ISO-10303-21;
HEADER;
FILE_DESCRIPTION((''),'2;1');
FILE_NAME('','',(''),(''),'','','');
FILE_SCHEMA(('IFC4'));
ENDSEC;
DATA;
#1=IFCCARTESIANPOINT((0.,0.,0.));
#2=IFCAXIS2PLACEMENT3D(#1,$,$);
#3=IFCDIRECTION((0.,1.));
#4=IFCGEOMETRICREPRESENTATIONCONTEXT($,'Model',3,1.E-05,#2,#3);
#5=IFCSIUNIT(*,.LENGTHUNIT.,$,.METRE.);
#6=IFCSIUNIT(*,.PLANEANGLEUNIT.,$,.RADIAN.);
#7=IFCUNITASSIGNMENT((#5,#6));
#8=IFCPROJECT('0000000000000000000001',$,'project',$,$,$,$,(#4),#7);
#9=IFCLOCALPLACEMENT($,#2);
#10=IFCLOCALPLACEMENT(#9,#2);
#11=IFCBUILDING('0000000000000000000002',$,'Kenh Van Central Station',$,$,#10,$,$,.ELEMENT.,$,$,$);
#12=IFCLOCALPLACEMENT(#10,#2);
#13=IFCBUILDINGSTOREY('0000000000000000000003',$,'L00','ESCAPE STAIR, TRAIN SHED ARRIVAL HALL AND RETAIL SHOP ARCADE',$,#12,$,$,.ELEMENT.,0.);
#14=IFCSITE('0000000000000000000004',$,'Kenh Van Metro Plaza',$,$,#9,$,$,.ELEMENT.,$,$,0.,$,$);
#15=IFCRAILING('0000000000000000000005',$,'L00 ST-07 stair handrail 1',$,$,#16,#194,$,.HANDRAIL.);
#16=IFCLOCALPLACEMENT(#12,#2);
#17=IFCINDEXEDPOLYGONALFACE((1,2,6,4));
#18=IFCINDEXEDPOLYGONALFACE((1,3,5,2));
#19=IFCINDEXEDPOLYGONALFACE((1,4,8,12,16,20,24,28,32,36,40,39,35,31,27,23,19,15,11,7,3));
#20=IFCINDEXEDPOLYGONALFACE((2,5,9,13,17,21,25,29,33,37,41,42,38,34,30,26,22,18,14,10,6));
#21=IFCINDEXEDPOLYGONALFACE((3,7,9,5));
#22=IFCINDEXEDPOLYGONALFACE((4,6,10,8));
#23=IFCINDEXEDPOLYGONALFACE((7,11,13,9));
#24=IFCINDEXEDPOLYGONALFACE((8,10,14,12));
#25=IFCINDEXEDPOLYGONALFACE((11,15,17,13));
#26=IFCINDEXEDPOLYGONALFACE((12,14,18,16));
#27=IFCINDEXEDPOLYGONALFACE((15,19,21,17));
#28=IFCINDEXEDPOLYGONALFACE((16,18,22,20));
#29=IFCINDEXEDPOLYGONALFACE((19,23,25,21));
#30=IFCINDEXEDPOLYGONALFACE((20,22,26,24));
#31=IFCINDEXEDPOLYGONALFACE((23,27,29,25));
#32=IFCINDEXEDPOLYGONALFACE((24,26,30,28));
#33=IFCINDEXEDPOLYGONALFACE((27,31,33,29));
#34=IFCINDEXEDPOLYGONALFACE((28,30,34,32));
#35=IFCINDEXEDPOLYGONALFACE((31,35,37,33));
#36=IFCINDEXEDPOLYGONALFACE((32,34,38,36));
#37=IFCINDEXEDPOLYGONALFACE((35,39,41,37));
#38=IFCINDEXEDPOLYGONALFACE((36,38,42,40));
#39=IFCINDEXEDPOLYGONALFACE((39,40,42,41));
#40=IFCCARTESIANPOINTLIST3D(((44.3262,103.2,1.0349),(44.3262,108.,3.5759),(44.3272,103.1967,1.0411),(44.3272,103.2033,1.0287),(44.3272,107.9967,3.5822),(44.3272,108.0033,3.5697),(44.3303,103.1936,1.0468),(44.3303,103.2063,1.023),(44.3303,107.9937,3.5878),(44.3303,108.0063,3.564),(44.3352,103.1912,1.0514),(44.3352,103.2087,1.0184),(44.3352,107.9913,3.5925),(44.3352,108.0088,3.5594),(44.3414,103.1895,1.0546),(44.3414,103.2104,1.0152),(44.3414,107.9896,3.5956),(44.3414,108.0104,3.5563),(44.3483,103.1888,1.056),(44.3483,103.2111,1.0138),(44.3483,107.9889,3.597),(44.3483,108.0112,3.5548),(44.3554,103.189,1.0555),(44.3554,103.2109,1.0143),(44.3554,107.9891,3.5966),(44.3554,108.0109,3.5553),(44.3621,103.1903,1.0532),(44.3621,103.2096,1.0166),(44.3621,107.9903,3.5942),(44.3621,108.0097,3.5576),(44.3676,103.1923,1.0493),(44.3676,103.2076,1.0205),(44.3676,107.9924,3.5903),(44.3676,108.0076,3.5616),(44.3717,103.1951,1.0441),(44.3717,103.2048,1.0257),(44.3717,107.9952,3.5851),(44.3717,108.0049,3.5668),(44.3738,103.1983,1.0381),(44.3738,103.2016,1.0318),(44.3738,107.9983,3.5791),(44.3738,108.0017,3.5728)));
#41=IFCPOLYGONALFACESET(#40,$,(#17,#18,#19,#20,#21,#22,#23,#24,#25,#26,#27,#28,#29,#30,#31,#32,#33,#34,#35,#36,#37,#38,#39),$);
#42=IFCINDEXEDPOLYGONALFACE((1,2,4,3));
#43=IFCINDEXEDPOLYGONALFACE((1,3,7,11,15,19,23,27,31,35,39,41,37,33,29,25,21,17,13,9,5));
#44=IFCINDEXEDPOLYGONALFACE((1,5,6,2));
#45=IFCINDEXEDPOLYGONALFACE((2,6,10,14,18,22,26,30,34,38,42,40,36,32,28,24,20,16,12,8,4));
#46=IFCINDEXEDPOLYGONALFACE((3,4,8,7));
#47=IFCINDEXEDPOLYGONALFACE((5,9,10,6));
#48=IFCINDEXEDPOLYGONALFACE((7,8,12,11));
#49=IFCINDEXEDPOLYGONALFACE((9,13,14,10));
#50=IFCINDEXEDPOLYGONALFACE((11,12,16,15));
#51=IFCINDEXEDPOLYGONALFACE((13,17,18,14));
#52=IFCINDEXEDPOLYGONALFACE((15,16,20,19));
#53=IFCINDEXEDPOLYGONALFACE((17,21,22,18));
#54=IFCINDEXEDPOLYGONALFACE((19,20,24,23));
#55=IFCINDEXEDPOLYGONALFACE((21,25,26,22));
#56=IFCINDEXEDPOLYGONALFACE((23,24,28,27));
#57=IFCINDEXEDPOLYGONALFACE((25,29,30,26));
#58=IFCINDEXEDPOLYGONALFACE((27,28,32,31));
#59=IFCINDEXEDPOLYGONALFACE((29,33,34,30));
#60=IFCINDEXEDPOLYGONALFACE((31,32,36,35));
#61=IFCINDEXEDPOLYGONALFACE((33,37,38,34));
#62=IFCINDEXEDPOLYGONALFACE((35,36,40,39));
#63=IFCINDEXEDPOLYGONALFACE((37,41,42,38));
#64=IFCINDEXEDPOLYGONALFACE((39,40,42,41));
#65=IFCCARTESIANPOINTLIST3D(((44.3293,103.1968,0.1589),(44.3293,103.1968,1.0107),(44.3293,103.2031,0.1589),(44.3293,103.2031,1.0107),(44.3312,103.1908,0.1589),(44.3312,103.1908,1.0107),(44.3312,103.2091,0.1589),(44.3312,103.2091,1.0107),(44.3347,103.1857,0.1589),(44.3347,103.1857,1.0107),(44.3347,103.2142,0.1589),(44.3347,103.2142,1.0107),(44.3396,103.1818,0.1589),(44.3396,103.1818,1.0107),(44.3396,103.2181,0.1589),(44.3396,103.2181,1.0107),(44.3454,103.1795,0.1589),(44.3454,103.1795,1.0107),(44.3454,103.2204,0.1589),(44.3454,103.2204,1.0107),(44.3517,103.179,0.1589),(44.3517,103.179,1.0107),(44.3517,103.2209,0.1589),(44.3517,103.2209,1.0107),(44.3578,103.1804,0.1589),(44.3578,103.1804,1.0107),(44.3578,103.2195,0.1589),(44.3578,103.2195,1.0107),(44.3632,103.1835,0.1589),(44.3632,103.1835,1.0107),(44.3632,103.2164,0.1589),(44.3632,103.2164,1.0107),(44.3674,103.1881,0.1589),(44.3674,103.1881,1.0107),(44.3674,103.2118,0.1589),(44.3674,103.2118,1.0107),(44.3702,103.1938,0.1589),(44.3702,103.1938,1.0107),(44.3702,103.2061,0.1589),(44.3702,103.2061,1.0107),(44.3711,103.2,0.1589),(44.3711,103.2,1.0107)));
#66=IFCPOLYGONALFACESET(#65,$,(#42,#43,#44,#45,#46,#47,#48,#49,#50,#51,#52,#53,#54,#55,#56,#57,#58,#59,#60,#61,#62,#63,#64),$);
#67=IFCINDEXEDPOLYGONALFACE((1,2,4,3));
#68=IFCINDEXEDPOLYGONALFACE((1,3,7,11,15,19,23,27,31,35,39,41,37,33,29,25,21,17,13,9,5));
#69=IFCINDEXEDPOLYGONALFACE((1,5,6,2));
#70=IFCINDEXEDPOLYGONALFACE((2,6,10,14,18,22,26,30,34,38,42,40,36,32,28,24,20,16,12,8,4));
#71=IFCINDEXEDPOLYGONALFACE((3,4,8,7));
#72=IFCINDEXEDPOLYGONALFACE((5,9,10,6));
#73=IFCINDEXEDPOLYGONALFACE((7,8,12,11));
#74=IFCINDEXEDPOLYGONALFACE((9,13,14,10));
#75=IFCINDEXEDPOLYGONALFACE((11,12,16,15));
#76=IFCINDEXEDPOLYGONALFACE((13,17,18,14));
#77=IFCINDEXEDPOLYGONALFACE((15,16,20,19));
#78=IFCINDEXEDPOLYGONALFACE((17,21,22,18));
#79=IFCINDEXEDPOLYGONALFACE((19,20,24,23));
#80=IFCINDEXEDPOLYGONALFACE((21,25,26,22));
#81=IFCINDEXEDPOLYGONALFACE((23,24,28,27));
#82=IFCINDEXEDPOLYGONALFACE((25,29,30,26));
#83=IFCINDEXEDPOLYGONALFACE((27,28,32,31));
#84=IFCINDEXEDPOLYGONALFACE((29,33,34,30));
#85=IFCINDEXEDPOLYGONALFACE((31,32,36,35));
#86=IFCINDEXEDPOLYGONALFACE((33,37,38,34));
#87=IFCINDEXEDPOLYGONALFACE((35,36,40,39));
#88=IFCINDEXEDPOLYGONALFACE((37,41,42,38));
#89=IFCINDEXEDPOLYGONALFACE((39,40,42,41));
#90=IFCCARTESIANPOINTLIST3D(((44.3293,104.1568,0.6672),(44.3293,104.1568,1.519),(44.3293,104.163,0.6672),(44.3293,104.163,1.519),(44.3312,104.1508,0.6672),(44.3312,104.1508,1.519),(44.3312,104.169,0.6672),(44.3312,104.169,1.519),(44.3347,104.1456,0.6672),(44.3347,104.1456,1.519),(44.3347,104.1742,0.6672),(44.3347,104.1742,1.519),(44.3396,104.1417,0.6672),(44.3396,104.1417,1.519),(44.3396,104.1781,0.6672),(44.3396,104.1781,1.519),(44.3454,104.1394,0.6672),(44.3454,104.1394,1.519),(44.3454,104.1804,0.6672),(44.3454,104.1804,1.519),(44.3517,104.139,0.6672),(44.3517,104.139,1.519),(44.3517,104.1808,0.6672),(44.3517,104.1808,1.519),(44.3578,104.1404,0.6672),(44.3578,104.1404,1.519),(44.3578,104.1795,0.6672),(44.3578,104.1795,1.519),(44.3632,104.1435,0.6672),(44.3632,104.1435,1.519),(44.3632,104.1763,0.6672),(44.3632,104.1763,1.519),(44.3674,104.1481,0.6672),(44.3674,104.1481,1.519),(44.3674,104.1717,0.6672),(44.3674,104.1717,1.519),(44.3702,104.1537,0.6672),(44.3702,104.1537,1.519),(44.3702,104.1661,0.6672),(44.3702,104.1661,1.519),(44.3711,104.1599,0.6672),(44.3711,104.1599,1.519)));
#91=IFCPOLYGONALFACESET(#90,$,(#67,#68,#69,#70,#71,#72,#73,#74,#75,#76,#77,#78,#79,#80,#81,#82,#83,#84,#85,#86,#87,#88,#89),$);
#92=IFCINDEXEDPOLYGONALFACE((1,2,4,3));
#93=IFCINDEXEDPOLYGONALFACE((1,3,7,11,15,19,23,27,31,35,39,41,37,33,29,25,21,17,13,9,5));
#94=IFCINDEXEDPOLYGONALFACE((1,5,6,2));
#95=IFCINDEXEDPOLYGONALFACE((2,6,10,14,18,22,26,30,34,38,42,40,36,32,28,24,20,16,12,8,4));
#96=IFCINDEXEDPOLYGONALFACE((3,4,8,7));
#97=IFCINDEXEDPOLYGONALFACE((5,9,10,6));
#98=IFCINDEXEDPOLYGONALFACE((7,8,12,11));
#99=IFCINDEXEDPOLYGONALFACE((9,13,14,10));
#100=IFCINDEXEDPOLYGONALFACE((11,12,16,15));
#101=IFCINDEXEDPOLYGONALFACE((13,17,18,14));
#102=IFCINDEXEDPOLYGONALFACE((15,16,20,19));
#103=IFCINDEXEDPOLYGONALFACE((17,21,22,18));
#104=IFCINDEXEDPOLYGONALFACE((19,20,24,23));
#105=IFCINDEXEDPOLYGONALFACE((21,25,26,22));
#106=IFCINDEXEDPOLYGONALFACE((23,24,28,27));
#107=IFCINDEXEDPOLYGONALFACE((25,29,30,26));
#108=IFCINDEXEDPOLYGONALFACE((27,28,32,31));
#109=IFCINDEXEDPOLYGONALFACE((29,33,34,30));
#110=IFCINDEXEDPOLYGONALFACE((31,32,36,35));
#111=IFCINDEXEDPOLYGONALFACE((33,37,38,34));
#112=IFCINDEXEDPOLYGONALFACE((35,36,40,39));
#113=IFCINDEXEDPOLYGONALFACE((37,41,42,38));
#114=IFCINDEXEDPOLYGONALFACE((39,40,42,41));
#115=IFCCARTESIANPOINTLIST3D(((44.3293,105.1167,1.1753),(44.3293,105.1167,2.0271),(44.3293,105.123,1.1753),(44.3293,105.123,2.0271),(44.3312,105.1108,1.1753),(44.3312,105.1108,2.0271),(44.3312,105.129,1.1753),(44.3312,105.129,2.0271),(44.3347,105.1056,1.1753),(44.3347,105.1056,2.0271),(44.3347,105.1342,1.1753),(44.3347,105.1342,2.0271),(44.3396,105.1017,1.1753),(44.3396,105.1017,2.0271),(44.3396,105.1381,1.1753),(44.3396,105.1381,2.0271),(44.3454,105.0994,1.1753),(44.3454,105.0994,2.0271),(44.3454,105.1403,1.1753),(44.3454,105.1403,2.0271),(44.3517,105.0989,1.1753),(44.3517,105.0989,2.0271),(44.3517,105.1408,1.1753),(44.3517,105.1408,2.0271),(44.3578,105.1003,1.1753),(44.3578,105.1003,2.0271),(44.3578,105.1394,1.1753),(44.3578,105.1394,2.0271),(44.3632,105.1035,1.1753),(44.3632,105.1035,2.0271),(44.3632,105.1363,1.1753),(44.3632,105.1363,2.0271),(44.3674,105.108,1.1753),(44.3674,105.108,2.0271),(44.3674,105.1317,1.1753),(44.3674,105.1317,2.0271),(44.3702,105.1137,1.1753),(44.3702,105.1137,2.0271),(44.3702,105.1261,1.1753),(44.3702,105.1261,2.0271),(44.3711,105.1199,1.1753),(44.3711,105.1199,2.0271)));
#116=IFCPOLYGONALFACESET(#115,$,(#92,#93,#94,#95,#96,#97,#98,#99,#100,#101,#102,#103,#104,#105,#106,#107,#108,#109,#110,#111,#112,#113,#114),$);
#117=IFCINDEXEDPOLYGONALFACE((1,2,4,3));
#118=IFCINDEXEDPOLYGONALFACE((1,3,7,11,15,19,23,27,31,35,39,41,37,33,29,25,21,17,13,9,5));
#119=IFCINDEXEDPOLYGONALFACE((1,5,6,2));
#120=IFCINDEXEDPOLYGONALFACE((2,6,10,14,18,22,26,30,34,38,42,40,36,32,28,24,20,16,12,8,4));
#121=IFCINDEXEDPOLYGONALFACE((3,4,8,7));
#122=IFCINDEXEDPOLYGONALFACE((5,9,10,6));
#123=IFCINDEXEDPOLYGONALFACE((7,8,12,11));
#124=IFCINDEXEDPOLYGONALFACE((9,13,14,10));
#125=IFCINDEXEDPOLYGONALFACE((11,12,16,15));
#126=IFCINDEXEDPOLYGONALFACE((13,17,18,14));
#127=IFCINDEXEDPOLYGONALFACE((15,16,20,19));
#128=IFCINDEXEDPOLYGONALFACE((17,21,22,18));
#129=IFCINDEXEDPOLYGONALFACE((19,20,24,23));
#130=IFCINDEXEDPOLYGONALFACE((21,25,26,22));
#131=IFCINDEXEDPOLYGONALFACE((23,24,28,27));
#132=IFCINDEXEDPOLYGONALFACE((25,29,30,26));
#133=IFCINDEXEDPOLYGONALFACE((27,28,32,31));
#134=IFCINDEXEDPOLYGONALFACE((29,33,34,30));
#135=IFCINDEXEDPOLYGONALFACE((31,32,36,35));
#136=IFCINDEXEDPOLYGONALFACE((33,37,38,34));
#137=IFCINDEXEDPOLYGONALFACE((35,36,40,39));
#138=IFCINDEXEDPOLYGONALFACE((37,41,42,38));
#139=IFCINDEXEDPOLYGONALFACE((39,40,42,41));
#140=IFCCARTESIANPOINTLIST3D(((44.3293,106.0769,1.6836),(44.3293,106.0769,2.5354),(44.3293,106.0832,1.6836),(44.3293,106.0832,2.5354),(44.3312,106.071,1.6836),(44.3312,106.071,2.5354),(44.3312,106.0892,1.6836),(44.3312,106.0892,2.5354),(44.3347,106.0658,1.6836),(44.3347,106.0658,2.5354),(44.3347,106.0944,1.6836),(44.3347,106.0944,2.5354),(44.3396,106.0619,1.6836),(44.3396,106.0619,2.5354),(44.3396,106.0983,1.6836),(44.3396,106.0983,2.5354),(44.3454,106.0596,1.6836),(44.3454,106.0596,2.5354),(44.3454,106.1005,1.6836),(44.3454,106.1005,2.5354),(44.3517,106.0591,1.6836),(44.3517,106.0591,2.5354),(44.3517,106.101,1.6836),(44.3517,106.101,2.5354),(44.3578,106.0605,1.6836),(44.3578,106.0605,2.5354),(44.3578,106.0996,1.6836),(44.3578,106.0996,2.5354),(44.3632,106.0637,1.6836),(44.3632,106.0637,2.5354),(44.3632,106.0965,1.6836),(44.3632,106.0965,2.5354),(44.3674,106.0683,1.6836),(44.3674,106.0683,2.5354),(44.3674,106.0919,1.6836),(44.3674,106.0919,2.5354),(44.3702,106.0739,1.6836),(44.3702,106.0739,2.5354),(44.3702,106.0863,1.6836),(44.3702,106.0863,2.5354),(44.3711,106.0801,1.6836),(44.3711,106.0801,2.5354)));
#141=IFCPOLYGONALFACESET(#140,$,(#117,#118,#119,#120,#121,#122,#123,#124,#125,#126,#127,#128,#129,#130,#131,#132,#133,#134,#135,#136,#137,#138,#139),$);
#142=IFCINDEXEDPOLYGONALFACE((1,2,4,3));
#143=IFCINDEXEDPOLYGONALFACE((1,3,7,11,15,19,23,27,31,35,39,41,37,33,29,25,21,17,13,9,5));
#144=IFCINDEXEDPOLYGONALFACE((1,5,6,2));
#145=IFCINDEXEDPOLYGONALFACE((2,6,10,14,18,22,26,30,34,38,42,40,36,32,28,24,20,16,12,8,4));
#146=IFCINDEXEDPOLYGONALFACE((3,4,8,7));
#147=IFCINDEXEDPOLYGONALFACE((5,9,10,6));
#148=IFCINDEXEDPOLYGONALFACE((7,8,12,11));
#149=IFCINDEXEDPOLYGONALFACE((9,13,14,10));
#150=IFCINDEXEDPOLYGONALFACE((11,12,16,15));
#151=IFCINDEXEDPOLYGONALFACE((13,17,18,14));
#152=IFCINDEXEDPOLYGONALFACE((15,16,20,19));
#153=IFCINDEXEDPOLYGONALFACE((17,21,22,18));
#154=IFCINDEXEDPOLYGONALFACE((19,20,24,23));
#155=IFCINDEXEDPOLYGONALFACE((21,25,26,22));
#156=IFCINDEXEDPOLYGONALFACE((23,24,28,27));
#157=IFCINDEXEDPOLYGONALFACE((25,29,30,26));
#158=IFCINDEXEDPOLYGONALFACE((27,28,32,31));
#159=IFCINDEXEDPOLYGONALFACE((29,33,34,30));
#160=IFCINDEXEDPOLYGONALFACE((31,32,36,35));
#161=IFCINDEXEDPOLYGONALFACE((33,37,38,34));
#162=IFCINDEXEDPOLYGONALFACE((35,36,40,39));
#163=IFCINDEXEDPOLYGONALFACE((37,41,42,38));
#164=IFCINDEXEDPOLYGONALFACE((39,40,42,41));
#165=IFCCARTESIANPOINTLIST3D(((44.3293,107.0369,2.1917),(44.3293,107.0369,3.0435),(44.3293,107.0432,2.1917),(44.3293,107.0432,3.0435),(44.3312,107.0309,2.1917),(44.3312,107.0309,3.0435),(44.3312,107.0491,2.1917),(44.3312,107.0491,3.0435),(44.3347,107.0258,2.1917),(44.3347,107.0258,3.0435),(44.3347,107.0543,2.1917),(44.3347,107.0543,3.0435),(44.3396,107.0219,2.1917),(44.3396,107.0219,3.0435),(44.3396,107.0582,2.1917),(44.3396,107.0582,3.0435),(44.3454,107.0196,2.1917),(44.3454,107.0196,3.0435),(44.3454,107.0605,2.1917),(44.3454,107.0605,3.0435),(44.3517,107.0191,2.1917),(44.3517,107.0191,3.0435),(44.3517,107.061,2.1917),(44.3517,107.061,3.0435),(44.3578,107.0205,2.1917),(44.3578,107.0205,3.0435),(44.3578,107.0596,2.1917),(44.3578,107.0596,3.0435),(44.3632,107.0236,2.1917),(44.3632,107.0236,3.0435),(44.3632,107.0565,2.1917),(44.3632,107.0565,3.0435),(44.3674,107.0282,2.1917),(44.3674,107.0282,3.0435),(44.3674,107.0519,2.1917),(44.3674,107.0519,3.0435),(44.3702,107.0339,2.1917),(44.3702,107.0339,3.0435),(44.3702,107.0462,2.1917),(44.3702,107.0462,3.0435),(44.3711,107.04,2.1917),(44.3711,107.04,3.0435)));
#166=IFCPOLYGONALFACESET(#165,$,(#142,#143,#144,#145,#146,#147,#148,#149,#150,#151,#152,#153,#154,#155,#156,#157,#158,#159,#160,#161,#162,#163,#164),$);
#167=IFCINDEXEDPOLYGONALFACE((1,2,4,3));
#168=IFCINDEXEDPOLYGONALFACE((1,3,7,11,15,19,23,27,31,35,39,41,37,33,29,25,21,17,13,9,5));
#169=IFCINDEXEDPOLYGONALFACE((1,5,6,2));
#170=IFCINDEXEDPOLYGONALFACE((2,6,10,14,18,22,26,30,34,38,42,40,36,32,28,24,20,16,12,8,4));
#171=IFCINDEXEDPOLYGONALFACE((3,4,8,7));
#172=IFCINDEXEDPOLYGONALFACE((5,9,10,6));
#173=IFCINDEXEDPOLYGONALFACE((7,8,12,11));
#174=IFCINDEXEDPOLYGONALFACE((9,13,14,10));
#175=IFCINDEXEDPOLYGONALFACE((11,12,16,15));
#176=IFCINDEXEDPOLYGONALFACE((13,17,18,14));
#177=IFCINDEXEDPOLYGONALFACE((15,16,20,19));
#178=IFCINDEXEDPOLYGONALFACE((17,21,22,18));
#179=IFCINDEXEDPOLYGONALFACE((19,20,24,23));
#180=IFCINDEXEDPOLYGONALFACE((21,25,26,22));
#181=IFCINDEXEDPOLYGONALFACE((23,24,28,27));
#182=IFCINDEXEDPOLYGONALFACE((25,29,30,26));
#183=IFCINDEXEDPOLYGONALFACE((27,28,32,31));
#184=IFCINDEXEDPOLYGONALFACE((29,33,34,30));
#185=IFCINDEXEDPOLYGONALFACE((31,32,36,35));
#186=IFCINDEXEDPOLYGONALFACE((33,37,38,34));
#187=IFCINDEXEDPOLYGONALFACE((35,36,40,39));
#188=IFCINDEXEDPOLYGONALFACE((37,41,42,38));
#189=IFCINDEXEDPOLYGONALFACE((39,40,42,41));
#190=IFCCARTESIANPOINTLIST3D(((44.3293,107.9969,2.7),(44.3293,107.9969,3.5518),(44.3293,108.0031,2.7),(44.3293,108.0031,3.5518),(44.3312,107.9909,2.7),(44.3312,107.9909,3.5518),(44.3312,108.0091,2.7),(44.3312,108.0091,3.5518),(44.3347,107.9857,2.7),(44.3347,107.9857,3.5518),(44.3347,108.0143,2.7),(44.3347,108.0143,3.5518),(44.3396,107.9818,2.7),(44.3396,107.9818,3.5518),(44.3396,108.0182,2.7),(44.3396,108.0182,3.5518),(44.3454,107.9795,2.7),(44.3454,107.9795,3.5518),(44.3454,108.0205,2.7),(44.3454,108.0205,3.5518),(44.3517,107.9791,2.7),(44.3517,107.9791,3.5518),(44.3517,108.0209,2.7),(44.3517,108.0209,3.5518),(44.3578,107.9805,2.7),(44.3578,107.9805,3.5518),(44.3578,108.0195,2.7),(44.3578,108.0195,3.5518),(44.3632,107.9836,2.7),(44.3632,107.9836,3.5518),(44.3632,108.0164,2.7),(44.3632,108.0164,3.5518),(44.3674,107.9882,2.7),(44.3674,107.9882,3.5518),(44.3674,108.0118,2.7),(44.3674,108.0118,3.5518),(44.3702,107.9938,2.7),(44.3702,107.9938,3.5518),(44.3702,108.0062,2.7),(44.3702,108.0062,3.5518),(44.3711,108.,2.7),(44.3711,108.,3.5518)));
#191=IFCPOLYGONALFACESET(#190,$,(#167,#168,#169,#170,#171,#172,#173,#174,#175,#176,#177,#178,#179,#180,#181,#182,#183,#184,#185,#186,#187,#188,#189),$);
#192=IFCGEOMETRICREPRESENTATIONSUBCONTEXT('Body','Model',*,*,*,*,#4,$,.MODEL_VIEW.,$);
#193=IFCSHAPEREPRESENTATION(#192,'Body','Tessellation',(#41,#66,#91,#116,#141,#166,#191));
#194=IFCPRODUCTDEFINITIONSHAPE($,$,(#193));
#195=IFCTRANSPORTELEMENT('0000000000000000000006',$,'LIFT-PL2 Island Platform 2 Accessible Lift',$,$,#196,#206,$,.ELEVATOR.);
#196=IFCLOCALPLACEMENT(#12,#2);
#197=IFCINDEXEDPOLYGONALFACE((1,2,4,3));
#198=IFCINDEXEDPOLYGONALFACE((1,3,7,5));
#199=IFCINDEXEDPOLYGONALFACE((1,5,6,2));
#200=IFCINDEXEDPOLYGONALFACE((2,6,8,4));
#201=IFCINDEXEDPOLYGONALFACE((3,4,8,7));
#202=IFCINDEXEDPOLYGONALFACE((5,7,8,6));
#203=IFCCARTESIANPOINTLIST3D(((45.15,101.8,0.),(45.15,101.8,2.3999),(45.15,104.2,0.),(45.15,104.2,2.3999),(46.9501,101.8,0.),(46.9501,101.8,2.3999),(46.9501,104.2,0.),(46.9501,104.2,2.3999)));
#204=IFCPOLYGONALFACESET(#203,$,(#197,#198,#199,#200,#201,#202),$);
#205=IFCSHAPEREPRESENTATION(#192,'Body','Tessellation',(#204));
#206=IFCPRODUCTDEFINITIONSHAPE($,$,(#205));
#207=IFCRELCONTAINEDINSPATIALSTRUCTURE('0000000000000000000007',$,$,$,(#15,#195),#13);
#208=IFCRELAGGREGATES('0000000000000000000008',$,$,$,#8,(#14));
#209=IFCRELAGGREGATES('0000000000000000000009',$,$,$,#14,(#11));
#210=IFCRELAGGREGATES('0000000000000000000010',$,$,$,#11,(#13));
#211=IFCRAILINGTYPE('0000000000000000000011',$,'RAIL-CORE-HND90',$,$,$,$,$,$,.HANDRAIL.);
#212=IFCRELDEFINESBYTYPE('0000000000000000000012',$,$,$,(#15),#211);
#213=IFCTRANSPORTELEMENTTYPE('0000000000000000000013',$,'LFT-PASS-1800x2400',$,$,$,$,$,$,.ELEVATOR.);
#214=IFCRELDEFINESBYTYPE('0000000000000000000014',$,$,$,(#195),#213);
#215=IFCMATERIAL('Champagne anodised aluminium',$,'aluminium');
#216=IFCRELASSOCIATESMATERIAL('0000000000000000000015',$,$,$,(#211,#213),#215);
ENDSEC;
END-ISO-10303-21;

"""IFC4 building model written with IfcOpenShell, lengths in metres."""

from ifc_helpers import new_model, si_unit, direction, frame, origin, origin_2d, place, context, subcontext, project, spatial, rectangle, circle, extrude, material, type_object, element, save


model = new_model("IFC4")

# Units and contexts
model_context = context("Model", 3, precision=1e-05, world=origin(), true_north=direction((0.0, 1.0)))
body_context = subcontext(model_context, "Body", "Model", "MODEL_VIEW")
ifc_project = project(units=[si_unit("LENGTHUNIT", "METRE"), si_unit("PLANEANGLEUNIT", "RADIAN")], contexts=[model_context])

# Site, building, storey
site_placement = place(None, origin())
site = spatial("IfcSite", under=ifc_project, at=site_placement, Name="Kenh Van Metro Plaza", CompositionType="ELEMENT", RefElevation=0.0)
building_placement = place(site_placement, origin())
building = spatial("IfcBuilding", under=site, at=building_placement, Name="Kenh Van Central Station", CompositionType="ELEMENT")
storey_placement = place(building_placement, origin())
storey = spatial("IfcBuildingStorey", under=building, at=storey_placement, Name="L00", Description="ESCAPE STAIR, TRAIN SHED ARRIVAL HALL AND RETAIL SHOP ARCADE", CompositionType="ELEMENT", Elevation=0.0)

# Shared definitions
ifc_material_1 = material(Name="Champagne anodised aluminium", Category="aluminium")

# Railing
railing_type_1 = type_object("IfcRailingType", Name="RAIL-CORE-HND90", PredefinedType="HANDRAIL", material=ifc_material_1)
railing_1_placement = place(storey_placement, frame((44.3501, 103.2, 0.1589)))
element("IfcRailing", 1, at=railing_1_placement, inside=storey, type_object=railing_type_1, Name="L00 ST-07 stair handrail 1", PredefinedType="HANDRAIL", context=body_context, shape_type="SweptSolid", body=[
    extrude(circle(Radius=0.0239, at=origin_2d()), frame((0.0, 0.0, 0.876), z_axis=(0.0, 0.883802, 0.467861), x_axis=(-1.0, 0.0, 0.0)), (0.0, 0.0, 1.0), 5.4312),
    extrude(circle(Radius=0.021, at=origin_2d()), origin(), (0.0, 0.0, 1.0), 0.8518),
    extrude(circle(Radius=0.021, at=origin_2d()), frame((0.0, 0.96, 0.5083)), (0.0, 0.0, 1.0), 0.8518),
    extrude(circle(Radius=0.021, at=origin_2d()), frame((0.0, 1.9199, 1.0164)), (0.0, 0.0, 1.0), 0.8518),
    extrude(circle(Radius=0.021, at=origin_2d()), frame((0.0, 2.8801, 1.5247)), (0.0, 0.0, 1.0), 0.8518),
    extrude(circle(Radius=0.021, at=origin_2d()), frame((0.0, 3.8401, 2.0327)), (0.0, 0.0, 1.0), 0.8518),
    extrude(circle(Radius=0.021, at=origin_2d()), frame((0.0, 4.8, 2.541)), (0.0, 0.0, 1.0), 0.8518),
])

# Transport element
transport_element_type = type_object("IfcTransportElementType", Name="LFT-PASS-1800x2400", PredefinedType="ELEVATOR", material=ifc_material_1)
transport_element_placement = place(storey_placement, frame((46.05, 103.0, 0.0), z_axis=(0.0, 0.0, 1.0), x_axis=(1.0, 0.0, 0.0)))
element("IfcTransportElement", 2, at=transport_element_placement, inside=storey, type_object=transport_element_type, Name="LIFT-PL2 Island Platform 2 Accessible Lift", PredefinedType="ELEVATOR", context=body_context, shape_type="SweptSolid", body=[
    extrude(rectangle(XDim=1.8, YDim=2.3999, at=origin_2d()), origin(), (0.0, 0.0, 1.0), 2.3999),
])

save(model, "model.ifc")
